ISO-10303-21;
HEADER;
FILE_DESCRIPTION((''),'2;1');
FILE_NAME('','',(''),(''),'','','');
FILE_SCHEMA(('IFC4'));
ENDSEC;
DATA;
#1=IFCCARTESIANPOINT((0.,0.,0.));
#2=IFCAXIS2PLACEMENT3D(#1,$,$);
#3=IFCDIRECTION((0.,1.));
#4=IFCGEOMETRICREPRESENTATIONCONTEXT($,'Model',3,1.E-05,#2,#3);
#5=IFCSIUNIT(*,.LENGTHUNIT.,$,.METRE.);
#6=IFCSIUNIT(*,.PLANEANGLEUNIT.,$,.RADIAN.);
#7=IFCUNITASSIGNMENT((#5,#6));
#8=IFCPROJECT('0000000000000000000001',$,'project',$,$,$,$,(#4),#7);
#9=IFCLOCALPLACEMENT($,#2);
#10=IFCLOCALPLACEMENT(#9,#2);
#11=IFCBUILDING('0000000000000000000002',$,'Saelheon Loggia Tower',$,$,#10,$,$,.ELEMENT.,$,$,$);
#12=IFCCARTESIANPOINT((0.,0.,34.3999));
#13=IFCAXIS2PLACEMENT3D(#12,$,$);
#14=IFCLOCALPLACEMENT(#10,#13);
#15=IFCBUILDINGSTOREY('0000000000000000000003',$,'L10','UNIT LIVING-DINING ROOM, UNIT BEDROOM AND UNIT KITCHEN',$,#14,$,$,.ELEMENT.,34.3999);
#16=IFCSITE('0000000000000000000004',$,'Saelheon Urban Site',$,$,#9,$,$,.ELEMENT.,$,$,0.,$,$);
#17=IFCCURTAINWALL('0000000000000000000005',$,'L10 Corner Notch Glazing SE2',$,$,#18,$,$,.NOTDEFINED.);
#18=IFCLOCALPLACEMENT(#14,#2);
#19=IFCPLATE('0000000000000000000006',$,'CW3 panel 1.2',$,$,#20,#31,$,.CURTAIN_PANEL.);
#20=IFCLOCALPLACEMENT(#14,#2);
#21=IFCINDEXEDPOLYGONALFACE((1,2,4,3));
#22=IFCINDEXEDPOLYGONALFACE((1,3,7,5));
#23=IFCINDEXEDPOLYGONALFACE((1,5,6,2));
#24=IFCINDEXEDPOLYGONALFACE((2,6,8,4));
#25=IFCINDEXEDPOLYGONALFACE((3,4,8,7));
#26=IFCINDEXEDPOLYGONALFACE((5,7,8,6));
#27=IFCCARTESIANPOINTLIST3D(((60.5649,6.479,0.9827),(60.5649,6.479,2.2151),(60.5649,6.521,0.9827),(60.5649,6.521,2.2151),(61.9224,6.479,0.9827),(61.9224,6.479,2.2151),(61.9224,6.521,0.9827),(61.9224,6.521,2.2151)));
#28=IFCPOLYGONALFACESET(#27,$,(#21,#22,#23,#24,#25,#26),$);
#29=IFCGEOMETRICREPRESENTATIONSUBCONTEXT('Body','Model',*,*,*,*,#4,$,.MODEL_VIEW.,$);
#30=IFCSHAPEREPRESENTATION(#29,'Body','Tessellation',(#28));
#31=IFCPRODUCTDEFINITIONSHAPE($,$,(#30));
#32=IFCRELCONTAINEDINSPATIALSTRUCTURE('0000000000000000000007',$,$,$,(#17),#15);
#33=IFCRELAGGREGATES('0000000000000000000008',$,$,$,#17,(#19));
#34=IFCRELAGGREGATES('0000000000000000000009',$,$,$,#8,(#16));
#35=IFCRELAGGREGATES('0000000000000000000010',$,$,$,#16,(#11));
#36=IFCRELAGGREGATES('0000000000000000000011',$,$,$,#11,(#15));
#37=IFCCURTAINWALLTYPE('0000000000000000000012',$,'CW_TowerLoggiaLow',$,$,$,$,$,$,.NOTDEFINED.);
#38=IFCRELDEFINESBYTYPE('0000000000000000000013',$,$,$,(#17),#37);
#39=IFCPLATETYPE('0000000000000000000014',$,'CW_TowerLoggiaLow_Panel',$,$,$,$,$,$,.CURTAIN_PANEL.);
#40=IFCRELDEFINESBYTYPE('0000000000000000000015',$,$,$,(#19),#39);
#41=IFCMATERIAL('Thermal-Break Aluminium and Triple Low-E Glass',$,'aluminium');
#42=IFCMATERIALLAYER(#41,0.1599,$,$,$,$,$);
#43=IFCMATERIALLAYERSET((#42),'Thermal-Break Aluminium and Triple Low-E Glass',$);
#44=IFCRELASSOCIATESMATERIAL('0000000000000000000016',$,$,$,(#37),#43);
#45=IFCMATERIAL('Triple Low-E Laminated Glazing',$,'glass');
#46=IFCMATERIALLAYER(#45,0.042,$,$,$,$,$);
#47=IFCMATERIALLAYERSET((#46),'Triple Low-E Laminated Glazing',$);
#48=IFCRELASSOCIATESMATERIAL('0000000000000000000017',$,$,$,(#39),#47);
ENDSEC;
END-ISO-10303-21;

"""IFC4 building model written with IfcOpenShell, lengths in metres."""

from ifc_helpers import new_model, si_unit, direction, frame, origin, origin_2d, place, context, subcontext, project, spatial, rectangle, extrude, source, transform, mapped, material, layer, layer_set, type_object, element, aggregate, save


model = new_model("IFC4")

# Units and contexts
model_context = context("Model", 3, precision=1e-05, world=origin(), true_north=direction((0.0, 1.0)))
body_context = subcontext(model_context, "Body", "Model", "MODEL_VIEW")
ifc_project = project(units=[si_unit("LENGTHUNIT", "METRE"), si_unit("PLANEANGLEUNIT", "RADIAN")], contexts=[model_context])

# Site, building, storey
site_placement = place(None, origin())
site = spatial("IfcSite", under=ifc_project, at=site_placement, Name="Saelheon Urban Site", CompositionType="ELEMENT", RefElevation=0.0)
building_placement = place(site_placement, origin())
building = spatial("IfcBuilding", under=site, at=building_placement, Name="Saelheon Loggia Tower", CompositionType="ELEMENT")
storey_placement = place(building_placement, frame((0.0, 0.0, 34.3999)))
storey = spatial("IfcBuildingStorey", under=building, at=storey_placement, Name="L10", Description="UNIT LIVING-DINING ROOM, UNIT BEDROOM AND UNIT KITCHEN", CompositionType="ELEMENT", Elevation=34.3999)

# Curtain wall
ifc_material_1 = material(Name="Thermal-Break Aluminium and Triple Low-E Glass", Category="aluminium")
ifc_layer_1 = layer(ifc_material_1, 0.1599)
ifc_layer_set_1 = layer_set([ifc_layer_1], Name="Thermal-Break Aluminium and Triple Low-E Glass")
curtain_wall_type = type_object("IfcCurtainWallType", Name="CW_TowerLoggiaLow", PredefinedType="NOTDEFINED", material=ifc_layer_set_1)
curtain_wall_1_placement = place(storey_placement, origin())
curtain_wall_1 = element("IfcCurtainWall", 1, at=curtain_wall_1_placement, inside=storey, type_object=curtain_wall_type, Name="L10 Corner Notch Glazing SE2", PredefinedType="NOTDEFINED")

# Plate
ifc_material_2 = material(Name="Triple Low-E Laminated Glazing", Category="glass")
ifc_layer_2 = layer(ifc_material_2, 0.042)
ifc_layer_set_2 = layer_set([ifc_layer_2], Name="Triple Low-E Laminated Glazing")
plate_type = type_object("IfcPlateType", Name="CW_TowerLoggiaLow_Panel", PredefinedType="CURTAIN_PANEL", material=ifc_layer_set_2)
shared_shape_1 = source(origin(), body_context, "Body", "SweptSolid", [
    extrude(rectangle(XDim=1.3574, YDim=0.042, at=origin_2d()), origin(), (0.0, 0.0, 1.0), 1.2324),
])
plate_1_placement = place(storey_placement, frame((61.2437, 6.5, 0.9827), z_axis=(0.0, 0.0, 1.0), x_axis=(1.0, 0.0, 0.0)))
plate_1 = element("IfcPlate", 2, at=plate_1_placement, type_object=plate_type, Name="CW3 panel 1.2", PredefinedType="CURTAIN_PANEL", context=body_context, shape_type="MappedRepresentation", body=[
    mapped(shared_shape_1, transform((0.0, 0.0, 0.0), scale=1.0)),
])
aggregate(curtain_wall_1, [plate_1])

save(model, "model.ifc")
